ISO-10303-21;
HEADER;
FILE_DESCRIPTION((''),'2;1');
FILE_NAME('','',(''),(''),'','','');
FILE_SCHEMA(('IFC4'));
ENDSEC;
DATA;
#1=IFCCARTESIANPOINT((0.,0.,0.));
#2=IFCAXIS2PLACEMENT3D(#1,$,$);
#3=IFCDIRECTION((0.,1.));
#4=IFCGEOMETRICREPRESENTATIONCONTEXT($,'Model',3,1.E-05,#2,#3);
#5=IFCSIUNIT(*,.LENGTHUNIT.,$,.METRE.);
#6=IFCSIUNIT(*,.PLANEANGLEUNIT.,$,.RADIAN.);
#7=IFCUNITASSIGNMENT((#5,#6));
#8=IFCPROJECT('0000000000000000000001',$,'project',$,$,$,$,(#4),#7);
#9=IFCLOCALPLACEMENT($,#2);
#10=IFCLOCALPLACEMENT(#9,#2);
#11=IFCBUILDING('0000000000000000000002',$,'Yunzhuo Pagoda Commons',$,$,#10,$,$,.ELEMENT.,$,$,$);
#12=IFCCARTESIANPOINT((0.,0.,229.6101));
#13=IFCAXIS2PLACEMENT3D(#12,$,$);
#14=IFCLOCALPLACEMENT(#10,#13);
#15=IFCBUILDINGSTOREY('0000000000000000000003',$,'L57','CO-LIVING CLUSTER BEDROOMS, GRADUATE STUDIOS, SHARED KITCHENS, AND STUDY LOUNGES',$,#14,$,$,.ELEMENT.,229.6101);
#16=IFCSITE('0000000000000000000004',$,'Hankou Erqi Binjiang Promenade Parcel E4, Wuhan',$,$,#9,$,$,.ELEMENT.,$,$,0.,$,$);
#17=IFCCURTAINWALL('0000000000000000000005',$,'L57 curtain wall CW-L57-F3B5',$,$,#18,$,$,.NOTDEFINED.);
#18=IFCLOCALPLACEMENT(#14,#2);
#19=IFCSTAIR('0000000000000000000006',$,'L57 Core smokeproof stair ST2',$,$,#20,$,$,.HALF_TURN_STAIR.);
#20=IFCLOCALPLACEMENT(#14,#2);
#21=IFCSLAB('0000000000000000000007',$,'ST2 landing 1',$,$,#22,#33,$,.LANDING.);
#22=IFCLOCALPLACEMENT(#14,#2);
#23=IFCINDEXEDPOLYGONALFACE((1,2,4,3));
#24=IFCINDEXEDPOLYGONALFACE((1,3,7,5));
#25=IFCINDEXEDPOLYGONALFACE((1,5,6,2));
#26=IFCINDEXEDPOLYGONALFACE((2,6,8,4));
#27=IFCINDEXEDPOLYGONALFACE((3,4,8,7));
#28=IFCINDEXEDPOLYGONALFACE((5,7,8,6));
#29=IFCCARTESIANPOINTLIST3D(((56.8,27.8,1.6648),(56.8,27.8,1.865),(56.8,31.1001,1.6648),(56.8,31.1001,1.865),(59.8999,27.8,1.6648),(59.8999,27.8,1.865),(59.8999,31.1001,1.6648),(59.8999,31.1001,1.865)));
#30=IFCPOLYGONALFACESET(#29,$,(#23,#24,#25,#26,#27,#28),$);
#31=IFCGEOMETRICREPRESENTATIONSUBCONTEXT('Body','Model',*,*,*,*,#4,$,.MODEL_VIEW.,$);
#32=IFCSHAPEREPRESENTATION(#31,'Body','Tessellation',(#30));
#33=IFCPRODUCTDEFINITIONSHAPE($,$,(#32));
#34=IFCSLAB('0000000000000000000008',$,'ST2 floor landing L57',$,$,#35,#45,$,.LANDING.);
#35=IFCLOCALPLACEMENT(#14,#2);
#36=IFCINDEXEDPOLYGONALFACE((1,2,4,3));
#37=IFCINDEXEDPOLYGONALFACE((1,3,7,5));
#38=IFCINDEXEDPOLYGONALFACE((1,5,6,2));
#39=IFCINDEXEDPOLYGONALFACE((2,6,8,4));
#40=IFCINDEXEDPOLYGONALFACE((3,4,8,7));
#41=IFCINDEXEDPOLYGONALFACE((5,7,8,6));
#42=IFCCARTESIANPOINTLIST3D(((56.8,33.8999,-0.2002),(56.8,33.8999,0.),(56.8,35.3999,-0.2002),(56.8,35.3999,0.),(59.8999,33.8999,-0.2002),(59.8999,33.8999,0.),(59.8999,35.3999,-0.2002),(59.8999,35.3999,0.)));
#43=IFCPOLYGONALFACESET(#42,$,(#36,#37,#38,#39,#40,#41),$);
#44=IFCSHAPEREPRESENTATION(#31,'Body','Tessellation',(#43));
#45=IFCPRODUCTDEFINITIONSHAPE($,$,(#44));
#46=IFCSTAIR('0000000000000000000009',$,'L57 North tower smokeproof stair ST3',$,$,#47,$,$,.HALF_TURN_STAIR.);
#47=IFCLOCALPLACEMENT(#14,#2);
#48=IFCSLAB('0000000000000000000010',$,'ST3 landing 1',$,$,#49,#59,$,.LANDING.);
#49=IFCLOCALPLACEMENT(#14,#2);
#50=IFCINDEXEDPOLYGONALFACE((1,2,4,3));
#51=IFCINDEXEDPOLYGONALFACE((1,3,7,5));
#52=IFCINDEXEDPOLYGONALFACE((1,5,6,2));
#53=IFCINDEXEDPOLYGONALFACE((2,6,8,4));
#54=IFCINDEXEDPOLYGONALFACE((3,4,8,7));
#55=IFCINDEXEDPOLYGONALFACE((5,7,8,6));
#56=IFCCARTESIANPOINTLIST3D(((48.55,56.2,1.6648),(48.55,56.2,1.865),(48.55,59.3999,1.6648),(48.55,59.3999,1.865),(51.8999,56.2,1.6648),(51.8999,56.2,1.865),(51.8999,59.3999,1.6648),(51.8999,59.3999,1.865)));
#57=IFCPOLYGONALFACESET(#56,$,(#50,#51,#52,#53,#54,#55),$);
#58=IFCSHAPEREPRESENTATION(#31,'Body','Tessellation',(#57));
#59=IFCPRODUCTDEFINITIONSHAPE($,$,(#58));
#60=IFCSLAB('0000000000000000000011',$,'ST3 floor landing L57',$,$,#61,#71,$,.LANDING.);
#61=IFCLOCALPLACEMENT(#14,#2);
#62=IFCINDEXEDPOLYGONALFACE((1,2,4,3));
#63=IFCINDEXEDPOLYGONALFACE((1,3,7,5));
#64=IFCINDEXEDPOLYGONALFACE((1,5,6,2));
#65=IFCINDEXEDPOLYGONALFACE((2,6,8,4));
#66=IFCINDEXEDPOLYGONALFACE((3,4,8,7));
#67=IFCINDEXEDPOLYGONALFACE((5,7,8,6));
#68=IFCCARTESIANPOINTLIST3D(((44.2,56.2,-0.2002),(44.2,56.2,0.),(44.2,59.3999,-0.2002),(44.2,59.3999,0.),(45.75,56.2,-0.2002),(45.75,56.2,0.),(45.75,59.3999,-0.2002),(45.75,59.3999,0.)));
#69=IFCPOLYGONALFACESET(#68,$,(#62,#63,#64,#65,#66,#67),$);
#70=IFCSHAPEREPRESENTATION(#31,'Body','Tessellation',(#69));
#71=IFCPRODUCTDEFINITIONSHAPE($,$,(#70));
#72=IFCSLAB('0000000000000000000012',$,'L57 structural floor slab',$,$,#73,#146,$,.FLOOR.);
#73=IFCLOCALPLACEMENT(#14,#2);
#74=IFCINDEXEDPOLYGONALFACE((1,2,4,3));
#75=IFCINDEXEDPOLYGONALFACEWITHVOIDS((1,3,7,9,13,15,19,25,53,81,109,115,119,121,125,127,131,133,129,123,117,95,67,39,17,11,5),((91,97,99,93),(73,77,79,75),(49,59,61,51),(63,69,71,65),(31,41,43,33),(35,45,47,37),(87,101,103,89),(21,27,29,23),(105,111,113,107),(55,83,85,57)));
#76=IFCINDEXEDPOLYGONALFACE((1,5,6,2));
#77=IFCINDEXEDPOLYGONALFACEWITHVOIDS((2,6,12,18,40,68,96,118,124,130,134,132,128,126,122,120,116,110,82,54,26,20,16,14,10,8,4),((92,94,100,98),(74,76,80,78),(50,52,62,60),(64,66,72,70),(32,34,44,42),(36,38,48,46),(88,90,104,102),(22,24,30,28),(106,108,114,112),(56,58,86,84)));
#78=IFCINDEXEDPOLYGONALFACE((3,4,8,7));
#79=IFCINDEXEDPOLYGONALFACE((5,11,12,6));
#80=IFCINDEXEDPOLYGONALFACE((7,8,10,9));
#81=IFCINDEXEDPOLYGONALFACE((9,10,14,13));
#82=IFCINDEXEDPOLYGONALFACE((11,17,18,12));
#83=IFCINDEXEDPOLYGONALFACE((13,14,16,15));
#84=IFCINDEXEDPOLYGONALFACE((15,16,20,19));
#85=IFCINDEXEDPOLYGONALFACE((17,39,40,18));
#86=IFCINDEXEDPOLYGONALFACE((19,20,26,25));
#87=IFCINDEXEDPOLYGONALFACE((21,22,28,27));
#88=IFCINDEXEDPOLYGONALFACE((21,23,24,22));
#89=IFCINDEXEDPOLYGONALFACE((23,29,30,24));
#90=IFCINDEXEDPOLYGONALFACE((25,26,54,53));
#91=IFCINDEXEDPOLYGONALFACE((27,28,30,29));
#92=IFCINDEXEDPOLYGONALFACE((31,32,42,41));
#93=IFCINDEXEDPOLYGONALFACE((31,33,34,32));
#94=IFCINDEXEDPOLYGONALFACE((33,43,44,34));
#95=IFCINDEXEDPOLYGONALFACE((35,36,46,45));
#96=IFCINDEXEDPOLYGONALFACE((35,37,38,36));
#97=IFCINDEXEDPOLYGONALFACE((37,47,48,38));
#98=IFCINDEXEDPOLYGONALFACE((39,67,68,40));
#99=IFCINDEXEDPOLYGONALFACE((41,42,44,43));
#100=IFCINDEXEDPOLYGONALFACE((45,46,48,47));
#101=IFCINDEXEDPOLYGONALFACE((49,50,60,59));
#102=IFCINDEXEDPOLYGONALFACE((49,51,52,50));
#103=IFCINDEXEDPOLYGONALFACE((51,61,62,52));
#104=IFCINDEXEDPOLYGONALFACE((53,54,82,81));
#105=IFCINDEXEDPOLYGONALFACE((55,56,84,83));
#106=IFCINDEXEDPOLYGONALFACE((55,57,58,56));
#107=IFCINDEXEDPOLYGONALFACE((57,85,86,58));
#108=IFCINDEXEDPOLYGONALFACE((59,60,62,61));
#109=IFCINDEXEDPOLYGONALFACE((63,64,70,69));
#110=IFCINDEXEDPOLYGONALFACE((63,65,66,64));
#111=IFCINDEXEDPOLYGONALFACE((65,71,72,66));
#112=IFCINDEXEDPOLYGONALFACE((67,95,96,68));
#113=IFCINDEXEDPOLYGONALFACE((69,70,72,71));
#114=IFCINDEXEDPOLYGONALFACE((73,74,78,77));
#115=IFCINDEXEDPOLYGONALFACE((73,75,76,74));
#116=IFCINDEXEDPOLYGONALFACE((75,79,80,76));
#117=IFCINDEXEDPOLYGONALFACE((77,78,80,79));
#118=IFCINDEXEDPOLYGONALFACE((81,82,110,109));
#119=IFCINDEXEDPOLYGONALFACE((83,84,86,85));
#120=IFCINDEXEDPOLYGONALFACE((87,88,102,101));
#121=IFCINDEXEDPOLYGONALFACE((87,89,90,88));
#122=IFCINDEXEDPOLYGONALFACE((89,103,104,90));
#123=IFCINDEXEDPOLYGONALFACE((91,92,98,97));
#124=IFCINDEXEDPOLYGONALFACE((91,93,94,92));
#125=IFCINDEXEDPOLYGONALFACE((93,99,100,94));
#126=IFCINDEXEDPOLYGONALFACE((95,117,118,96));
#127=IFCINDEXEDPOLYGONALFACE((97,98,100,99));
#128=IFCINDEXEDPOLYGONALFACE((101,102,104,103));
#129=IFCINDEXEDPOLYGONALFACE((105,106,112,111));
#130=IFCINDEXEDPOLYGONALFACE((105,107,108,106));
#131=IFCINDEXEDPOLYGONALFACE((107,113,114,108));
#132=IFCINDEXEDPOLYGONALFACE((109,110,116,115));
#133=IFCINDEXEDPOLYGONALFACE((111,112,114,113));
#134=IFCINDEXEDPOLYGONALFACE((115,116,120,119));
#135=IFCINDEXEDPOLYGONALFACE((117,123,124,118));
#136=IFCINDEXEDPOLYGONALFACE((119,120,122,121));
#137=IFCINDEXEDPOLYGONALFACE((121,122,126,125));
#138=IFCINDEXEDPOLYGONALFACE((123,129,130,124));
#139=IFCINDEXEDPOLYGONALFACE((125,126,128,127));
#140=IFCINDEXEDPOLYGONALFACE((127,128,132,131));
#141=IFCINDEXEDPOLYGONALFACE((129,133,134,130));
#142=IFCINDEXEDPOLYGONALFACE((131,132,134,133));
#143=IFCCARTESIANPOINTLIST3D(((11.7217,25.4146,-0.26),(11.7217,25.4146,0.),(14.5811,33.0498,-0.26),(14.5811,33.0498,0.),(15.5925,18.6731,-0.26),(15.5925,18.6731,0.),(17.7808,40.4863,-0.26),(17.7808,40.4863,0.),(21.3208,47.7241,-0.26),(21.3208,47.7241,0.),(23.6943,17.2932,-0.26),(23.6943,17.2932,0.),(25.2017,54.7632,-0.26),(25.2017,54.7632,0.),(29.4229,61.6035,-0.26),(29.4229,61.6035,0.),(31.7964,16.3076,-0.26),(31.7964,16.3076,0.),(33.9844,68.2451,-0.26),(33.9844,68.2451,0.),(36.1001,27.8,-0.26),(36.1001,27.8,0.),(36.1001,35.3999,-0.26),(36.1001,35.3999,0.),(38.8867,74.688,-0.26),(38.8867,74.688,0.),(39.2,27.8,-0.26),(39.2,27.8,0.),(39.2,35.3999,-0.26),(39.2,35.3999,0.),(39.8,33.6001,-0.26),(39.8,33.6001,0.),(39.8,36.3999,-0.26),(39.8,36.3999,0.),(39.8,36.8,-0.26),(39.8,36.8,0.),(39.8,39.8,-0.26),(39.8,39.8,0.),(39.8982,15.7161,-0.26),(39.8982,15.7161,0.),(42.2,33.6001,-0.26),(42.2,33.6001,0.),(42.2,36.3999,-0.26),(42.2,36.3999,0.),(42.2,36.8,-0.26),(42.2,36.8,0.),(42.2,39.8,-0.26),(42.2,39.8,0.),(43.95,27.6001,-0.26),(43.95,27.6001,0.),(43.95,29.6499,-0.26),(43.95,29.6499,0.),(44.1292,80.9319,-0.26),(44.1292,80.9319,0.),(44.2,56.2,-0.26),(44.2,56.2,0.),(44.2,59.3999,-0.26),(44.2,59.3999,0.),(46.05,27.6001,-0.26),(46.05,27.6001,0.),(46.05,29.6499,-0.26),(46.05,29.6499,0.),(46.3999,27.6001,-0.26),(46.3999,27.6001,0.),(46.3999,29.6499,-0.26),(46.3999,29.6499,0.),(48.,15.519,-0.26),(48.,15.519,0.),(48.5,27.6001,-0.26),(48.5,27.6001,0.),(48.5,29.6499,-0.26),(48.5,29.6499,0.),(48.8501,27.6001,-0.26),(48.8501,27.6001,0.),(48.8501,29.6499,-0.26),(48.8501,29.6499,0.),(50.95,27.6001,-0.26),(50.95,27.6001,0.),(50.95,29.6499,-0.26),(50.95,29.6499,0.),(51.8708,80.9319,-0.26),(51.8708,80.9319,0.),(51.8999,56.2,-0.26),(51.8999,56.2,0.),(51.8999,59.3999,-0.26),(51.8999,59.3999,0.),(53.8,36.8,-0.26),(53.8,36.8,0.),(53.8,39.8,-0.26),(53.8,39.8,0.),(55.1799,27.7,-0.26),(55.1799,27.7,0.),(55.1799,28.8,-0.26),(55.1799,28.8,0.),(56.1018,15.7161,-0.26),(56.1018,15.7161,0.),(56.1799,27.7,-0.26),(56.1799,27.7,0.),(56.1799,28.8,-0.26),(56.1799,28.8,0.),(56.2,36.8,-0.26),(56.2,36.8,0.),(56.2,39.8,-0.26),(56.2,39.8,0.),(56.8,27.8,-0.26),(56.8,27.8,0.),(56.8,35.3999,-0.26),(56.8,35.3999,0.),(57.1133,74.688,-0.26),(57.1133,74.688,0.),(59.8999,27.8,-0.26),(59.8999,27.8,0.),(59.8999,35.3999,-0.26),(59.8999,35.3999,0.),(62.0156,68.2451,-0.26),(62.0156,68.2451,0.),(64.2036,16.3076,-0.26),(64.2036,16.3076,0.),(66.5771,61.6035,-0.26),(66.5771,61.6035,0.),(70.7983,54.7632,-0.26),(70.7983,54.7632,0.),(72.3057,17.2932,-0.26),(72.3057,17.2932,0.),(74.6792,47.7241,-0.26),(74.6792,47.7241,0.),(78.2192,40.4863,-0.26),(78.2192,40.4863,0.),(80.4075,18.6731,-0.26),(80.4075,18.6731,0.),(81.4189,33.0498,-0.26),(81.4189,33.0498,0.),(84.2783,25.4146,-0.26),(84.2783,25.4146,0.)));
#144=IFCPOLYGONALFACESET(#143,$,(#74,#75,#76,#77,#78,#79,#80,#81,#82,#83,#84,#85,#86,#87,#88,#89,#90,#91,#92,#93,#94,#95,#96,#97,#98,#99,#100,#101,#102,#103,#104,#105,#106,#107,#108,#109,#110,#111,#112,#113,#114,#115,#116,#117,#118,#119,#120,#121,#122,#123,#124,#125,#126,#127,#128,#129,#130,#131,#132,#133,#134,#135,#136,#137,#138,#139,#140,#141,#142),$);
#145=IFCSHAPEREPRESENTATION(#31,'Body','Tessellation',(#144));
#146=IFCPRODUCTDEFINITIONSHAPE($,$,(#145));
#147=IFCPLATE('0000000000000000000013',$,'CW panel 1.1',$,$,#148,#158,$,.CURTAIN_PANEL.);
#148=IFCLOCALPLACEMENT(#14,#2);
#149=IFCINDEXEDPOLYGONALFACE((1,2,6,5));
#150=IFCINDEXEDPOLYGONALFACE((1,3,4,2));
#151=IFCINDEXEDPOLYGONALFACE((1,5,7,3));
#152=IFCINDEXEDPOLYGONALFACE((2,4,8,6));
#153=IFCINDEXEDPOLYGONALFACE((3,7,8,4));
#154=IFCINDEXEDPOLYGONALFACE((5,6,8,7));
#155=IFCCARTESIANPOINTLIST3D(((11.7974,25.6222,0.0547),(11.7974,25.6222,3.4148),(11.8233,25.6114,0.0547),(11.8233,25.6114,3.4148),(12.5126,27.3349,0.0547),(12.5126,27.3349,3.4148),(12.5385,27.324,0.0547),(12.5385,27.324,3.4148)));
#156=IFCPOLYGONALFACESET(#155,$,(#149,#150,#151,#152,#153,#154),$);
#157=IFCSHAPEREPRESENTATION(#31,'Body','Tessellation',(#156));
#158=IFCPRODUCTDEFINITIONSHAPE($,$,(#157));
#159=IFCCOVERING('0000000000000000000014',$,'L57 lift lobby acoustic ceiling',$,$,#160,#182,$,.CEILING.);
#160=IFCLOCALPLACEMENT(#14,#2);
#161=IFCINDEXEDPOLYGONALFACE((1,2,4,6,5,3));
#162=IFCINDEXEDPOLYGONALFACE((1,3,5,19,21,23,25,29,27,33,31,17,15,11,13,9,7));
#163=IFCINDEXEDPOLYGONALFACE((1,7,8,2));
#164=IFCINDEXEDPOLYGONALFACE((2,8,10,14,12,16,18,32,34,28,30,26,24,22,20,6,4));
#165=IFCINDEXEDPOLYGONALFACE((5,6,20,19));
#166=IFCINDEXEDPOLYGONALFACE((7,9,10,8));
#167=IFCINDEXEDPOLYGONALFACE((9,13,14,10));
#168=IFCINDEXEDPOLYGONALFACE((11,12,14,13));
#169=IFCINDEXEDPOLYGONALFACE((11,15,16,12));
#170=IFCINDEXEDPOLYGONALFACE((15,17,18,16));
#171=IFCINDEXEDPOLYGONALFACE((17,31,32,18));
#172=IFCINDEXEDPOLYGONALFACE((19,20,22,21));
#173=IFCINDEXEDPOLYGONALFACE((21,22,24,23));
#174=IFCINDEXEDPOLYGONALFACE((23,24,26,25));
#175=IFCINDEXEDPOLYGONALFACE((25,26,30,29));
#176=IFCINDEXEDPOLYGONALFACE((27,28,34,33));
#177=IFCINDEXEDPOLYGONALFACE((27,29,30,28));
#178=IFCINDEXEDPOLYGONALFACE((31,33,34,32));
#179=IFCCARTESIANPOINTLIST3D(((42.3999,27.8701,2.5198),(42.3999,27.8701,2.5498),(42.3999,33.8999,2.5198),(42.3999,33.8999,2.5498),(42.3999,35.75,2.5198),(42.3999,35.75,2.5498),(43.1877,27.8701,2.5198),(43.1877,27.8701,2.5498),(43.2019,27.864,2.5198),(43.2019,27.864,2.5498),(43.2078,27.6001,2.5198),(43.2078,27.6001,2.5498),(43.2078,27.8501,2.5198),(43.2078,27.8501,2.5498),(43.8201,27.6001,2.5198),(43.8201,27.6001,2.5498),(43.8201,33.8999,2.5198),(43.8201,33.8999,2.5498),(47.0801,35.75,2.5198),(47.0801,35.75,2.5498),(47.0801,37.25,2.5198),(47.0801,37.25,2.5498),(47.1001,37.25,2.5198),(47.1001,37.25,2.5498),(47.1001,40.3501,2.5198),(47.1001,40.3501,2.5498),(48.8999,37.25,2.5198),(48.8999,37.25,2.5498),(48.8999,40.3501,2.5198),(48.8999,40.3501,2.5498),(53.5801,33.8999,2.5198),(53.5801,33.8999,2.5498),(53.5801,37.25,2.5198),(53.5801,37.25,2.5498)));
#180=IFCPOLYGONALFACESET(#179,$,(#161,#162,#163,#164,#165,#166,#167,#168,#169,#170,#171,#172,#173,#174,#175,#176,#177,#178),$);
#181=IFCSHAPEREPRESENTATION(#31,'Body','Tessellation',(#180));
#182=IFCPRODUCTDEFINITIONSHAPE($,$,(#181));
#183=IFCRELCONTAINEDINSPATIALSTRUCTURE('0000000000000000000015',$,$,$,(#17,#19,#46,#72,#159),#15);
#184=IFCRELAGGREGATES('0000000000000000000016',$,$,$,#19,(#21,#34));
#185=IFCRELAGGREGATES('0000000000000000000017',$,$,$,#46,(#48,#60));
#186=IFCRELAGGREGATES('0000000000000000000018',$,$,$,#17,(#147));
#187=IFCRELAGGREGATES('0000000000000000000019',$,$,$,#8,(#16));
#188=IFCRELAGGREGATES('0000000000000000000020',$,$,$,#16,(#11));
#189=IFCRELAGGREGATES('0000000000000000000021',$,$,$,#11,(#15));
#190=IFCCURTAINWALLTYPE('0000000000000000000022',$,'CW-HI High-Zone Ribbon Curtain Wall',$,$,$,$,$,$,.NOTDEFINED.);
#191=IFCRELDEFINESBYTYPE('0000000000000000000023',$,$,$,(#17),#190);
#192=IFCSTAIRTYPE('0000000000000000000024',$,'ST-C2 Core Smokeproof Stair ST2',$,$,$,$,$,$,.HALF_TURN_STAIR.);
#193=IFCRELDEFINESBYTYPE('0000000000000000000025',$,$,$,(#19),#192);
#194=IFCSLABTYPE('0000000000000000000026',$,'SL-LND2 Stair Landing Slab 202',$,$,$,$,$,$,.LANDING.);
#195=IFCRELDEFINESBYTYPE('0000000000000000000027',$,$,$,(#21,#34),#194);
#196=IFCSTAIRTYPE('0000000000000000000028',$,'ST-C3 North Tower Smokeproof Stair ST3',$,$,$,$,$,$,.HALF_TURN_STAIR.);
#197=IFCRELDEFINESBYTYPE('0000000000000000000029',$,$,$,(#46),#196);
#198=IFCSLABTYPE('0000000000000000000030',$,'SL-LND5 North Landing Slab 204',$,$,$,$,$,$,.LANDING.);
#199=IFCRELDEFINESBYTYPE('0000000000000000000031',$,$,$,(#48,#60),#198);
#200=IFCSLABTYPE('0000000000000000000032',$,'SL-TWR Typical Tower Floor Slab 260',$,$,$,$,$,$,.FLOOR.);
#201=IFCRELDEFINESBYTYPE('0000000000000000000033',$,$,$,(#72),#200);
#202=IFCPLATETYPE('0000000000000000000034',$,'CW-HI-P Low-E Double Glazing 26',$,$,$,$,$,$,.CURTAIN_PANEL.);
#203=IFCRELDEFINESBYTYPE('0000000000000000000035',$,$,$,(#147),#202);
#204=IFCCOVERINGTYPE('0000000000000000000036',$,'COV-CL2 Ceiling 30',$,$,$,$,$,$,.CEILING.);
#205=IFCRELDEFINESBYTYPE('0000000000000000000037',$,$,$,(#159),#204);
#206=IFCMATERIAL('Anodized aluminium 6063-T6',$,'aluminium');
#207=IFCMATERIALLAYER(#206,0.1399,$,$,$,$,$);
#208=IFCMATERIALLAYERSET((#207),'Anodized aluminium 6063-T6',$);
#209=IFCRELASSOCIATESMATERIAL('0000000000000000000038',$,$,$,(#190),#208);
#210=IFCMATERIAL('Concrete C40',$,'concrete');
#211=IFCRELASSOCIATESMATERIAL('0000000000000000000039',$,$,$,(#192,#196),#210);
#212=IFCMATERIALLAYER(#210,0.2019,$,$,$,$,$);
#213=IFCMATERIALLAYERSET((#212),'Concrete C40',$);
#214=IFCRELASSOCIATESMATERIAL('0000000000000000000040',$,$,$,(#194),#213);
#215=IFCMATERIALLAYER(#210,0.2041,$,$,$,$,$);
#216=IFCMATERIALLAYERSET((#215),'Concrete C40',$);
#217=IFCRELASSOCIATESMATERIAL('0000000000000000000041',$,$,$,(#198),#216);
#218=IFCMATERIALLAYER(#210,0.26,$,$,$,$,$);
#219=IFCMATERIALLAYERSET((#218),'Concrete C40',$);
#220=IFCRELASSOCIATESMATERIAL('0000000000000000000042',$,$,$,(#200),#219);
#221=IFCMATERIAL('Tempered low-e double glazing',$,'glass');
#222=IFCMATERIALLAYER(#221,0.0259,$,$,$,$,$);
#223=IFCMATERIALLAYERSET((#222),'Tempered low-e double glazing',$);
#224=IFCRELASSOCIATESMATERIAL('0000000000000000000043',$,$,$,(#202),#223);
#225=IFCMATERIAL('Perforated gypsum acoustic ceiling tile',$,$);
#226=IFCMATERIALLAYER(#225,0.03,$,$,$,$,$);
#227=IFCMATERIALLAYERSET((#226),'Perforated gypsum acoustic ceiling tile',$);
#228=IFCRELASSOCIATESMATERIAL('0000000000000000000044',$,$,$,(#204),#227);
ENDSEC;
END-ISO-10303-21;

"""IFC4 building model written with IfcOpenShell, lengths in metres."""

from ifc_helpers import new_model, si_unit, direction, frame, origin, origin_2d, place, context, subcontext, project, spatial, polyline, rectangle, outline, extrude, source, transform, mapped, material, layer, layer_set, type_object, element, aggregate, save


model = new_model("IFC4")

# Units and contexts
model_context = context("Model", 3, precision=1e-05, world=origin(), true_north=direction((0.0, 1.0)))
body_context = subcontext(model_context, "Body", "Model", "MODEL_VIEW")
ifc_project = project(units=[si_unit("LENGTHUNIT", "METRE"), si_unit("PLANEANGLEUNIT", "RADIAN")], contexts=[model_context])

# Site, building, storey
site_placement = place(None, origin())
site = spatial("IfcSite", under=ifc_project, at=site_placement, Name="Hankou Erqi Binjiang Promenade Parcel E4, Wuhan", CompositionType="ELEMENT", RefElevation=0.0)
building_placement = place(site_placement, origin())
building = spatial("IfcBuilding", under=site, at=building_placement, Name="Yunzhuo Pagoda Commons", CompositionType="ELEMENT")
storey_placement = place(building_placement, frame((0.0, 0.0, 229.6101)))
storey = spatial("IfcBuildingStorey", under=building, at=storey_placement, Name="L57", Description="CO-LIVING CLUSTER BEDROOMS, GRADUATE STUDIOS, SHARED KITCHENS, AND STUDY LOUNGES", CompositionType="ELEMENT", Elevation=229.6101)

# Shared definitions
ifc_material_1 = material(Name="Anodized aluminium 6063-T6", Category="aluminium")
ifc_layer_1 = layer(ifc_material_1, 0.1399)
ifc_layer_set_1 = layer_set([ifc_layer_1], Name="Anodized aluminium 6063-T6")
curtain_wall_type = type_object("IfcCurtainWallType", Name="CW-HI High-Zone Ribbon Curtain Wall", PredefinedType="NOTDEFINED", material=ifc_layer_set_1)

# Curtain wall
curtain_wall_1_placement = place(storey_placement, origin())
curtain_wall_1 = element("IfcCurtainWall", 1, at=curtain_wall_1_placement, inside=storey, type_object=curtain_wall_type, Name="L57 curtain wall CW-L57-F3B5", PredefinedType="NOTDEFINED")

# Shared definitions
ifc_material_2 = material(Name="Concrete C40", Category="concrete")

# Stairs, slabs
stair_type_1 = type_object("IfcStairType", Name="ST-C2 Core Smokeproof Stair ST2", PredefinedType="HALF_TURN_STAIR", material=ifc_material_2)
stair_1_placement = place(storey_placement, origin())
stair_1 = element("IfcStair", 2, at=stair_1_placement, inside=storey, type_object=stair_type_1, Name="L57 Core smokeproof stair ST2", PredefinedType="HALF_TURN_STAIR")
ifc_layer_2 = layer(ifc_material_2, 0.2019)
ifc_layer_set_2 = layer_set([ifc_layer_2], Name="Concrete C40")
slab_type_1 = type_object("IfcSlabType", Name="SL-LND2 Stair Landing Slab 202", PredefinedType="LANDING", material=ifc_layer_set_2)
slab_1_placement = place(storey_placement, frame((0.0, 0.0, 1.6648)))
slab_1 = element("IfcSlab", 3, at=slab_1_placement, type_object=slab_type_1, Name="ST2 landing 1", PredefinedType="LANDING", context=body_context, shape_type="SweptSolid", body=[
    extrude(outline(polyline([(56.8, 31.1001), (56.8, 27.8), (59.8999, 27.8), (59.8999, 31.1001), (56.8, 31.1001)])), origin(), (0.0, 0.0, 1.0), 0.2002),
])
slab_2_placement = place(storey_placement, frame((0.0, 0.0, -0.2002)))
slab_2 = element("IfcSlab", 4, at=slab_2_placement, type_object=slab_type_1, Name="ST2 floor landing L57", PredefinedType="LANDING", context=body_context, shape_type="SweptSolid", body=[
    extrude(outline(polyline([(56.8, 35.3999), (56.8, 33.8999), (59.8999, 33.8999), (59.8999, 35.3999), (56.8, 35.3999)])), origin(), (0.0, 0.0, 1.0), 0.2002),
])
aggregate(stair_1, [slab_1, slab_2])
stair_type_2 = type_object("IfcStairType", Name="ST-C3 North Tower Smokeproof Stair ST3", PredefinedType="HALF_TURN_STAIR", material=ifc_material_2)
stair_2_placement = place(storey_placement, origin())
stair_2 = element("IfcStair", 5, at=stair_2_placement, inside=storey, type_object=stair_type_2, Name="L57 North tower smokeproof stair ST3", PredefinedType="HALF_TURN_STAIR")
ifc_layer_3 = layer(ifc_material_2, 0.2041)
ifc_layer_set_3 = layer_set([ifc_layer_3], Name="Concrete C40")
slab_type_2 = type_object("IfcSlabType", Name="SL-LND5 North Landing Slab 204", PredefinedType="LANDING", material=ifc_layer_set_3)
slab_3_placement = place(storey_placement, frame((0.0, 0.0, 1.6648)))
slab_3 = element("IfcSlab", 6, at=slab_3_placement, type_object=slab_type_2, Name="ST3 landing 1", PredefinedType="LANDING", context=body_context, shape_type="SweptSolid", body=[
    extrude(outline(polyline([(48.55, 56.2), (51.8999, 56.2), (51.8999, 59.3999), (48.55, 59.3999), (48.55, 56.2)])), origin(), (0.0, 0.0, 1.0), 0.2002),
])
slab_4_placement = place(storey_placement, frame((0.0, 0.0, -0.2002)))
slab_4 = element("IfcSlab", 7, at=slab_4_placement, type_object=slab_type_2, Name="ST3 floor landing L57", PredefinedType="LANDING", context=body_context, shape_type="SweptSolid", body=[
    extrude(outline(polyline([(44.2, 56.2), (45.75, 56.2), (45.75, 59.3999), (44.2, 59.3999), (44.2, 56.2)])), origin(), (0.0, 0.0, 1.0), 0.2002),
])
aggregate(stair_2, [slab_3, slab_4])

# Slab
ifc_layer_4 = layer(ifc_material_2, 0.26)
ifc_layer_set_4 = layer_set([ifc_layer_4], Name="Concrete C40")
slab_type_3 = type_object("IfcSlabType", Name="SL-TWR Typical Tower Floor Slab 260", PredefinedType="FLOOR", material=ifc_layer_set_4)
slab_5_placement = place(storey_placement, frame((0.0, 0.0, -0.26)))
element("IfcSlab", 8, at=slab_5_placement, inside=storey, type_object=slab_type_3, Name="L57 structural floor slab", PredefinedType="FLOOR", context=body_context, shape_type="SweptSolid", body=[
    extrude(outline(polyline([(14.5811, 33.0498), (17.7808, 40.4863), (21.3208, 47.7241), (25.2017, 54.7632), (29.4229, 61.6035), (33.9844, 68.2451), (38.8867, 74.688), (44.1292, 80.9319), (51.8708, 80.9319), (57.1133, 74.688), (62.0156, 68.2451), (66.5771, 61.6035), (70.7983, 54.7632), (74.6792, 47.7241), (78.2192, 40.4863), (81.4189, 33.0498), (84.2783, 25.4146), (80.4075, 18.6731), (72.3057, 17.2932), (64.2036, 16.3076), (56.1018, 15.7161), (48.0, 15.519), (39.8982, 15.7161), (31.7964, 16.3076), (23.6943, 17.2932), (15.5925, 18.6731), (11.7217, 25.4146), (14.5811, 33.0498)]), holes=[polyline([(56.1799, 28.8), (55.1799, 28.8), (55.1799, 27.7), (56.1799, 27.7), (56.1799, 28.8)]), polyline([(46.05, 29.6499), (43.95, 29.6499), (43.95, 27.6001), (46.05, 27.6001), (46.05, 29.6499)]), polyline([(48.5, 29.6499), (46.3999, 29.6499), (46.3999, 27.6001), (48.5, 27.6001), (48.5, 29.6499)]), polyline([(50.95, 27.6001), (50.95, 29.6499), (48.8501, 29.6499), (48.8501, 27.6001), (50.95, 27.6001)]), polyline([(36.1001, 27.8), (39.2, 27.8), (39.2, 35.3999), (36.1001, 35.3999), (36.1001, 27.8)]), polyline([(59.8999, 27.8), (59.8999, 35.3999), (56.8, 35.3999), (56.8, 27.8), (59.8999, 27.8)]), polyline([(42.2, 36.3999), (39.8, 36.3999), (39.8, 33.6001), (42.2, 33.6001), (42.2, 36.3999)]), polyline([(42.2, 39.8), (39.8, 39.8), (39.8, 36.8), (42.2, 36.8), (42.2, 39.8)]), polyline([(56.2, 36.8), (56.2, 39.8), (53.8, 39.8), (53.8, 36.8), (56.2, 36.8)]), polyline([(51.8999, 56.2), (51.8999, 59.3999), (44.2, 59.3999), (44.2, 56.2), (51.8999, 56.2)])]), origin(), (0.0, 0.0, 1.0), 0.26),
])

# Plate
ifc_material_3 = material(Name="Tempered low-e double glazing", Category="glass")
ifc_layer_5 = layer(ifc_material_3, 0.0259)
ifc_layer_set_5 = layer_set([ifc_layer_5], Name="Tempered low-e double glazing")
plate_type = type_object("IfcPlateType", Name="CW-HI-P Low-E Double Glazing 26", PredefinedType="CURTAIN_PANEL", material=ifc_layer_set_5)
shared_shape_1 = source(origin(), body_context, "Body", "SweptSolid", [
    extrude(rectangle(XDim=1.856, YDim=0.0281, at=origin_2d()), origin(), (0.0, 0.0, 1.0), 3.3601),
])
plate_placement = place(storey_placement, frame((12.168, 26.4731, 0.0547), z_axis=(0.0, 0.0, 1.0), x_axis=(-0.385345, -0.922773, 0.0)))
plate = element("IfcPlate", 9, at=plate_placement, type_object=plate_type, Name="CW panel 1.1", PredefinedType="CURTAIN_PANEL", context=body_context, shape_type="MappedRepresentation", body=[
    mapped(shared_shape_1, transform((0.0, 0.0, 0.0), scale=1.0)),
])
aggregate(curtain_wall_1, [plate])

# Covering
ifc_material_4 = material(Name="Perforated gypsum acoustic ceiling tile")
ifc_layer_6 = layer(ifc_material_4, 0.03)
ifc_layer_set_6 = layer_set([ifc_layer_6], Name="Perforated gypsum acoustic ceiling tile")
covering_type_1 = type_object("IfcCoveringType", Name="COV-CL2 Ceiling 30", PredefinedType="CEILING", material=ifc_layer_set_6)
covering_1_placement = place(storey_placement, frame((0.0, 0.0, 2.5198)))
element("IfcCovering", 10, at=covering_1_placement, inside=storey, type_object=covering_type_1, Name="L57 lift lobby acoustic ceiling", PredefinedType="CEILING", context=body_context, shape_type="SweptSolid", body=[
    extrude(outline(polyline([(42.3999, 35.75), (47.0801, 35.75), (47.0801, 37.25), (47.1001, 37.25), (47.1001, 40.3501), (48.8999, 40.3501), (48.8999, 37.25), (53.5801, 37.25), (53.5801, 33.8999), (43.8201, 33.8999), (43.8201, 27.6001), (43.2078, 27.6001), (43.2078, 27.8501), (43.2019, 27.864), (43.1877, 27.8701), (42.3999, 27.8701), (42.3999, 33.8999), (42.3999, 35.75)])), origin(), (0.0, 0.0, 1.0), 0.03),
])

save(model, "model.ifc")
